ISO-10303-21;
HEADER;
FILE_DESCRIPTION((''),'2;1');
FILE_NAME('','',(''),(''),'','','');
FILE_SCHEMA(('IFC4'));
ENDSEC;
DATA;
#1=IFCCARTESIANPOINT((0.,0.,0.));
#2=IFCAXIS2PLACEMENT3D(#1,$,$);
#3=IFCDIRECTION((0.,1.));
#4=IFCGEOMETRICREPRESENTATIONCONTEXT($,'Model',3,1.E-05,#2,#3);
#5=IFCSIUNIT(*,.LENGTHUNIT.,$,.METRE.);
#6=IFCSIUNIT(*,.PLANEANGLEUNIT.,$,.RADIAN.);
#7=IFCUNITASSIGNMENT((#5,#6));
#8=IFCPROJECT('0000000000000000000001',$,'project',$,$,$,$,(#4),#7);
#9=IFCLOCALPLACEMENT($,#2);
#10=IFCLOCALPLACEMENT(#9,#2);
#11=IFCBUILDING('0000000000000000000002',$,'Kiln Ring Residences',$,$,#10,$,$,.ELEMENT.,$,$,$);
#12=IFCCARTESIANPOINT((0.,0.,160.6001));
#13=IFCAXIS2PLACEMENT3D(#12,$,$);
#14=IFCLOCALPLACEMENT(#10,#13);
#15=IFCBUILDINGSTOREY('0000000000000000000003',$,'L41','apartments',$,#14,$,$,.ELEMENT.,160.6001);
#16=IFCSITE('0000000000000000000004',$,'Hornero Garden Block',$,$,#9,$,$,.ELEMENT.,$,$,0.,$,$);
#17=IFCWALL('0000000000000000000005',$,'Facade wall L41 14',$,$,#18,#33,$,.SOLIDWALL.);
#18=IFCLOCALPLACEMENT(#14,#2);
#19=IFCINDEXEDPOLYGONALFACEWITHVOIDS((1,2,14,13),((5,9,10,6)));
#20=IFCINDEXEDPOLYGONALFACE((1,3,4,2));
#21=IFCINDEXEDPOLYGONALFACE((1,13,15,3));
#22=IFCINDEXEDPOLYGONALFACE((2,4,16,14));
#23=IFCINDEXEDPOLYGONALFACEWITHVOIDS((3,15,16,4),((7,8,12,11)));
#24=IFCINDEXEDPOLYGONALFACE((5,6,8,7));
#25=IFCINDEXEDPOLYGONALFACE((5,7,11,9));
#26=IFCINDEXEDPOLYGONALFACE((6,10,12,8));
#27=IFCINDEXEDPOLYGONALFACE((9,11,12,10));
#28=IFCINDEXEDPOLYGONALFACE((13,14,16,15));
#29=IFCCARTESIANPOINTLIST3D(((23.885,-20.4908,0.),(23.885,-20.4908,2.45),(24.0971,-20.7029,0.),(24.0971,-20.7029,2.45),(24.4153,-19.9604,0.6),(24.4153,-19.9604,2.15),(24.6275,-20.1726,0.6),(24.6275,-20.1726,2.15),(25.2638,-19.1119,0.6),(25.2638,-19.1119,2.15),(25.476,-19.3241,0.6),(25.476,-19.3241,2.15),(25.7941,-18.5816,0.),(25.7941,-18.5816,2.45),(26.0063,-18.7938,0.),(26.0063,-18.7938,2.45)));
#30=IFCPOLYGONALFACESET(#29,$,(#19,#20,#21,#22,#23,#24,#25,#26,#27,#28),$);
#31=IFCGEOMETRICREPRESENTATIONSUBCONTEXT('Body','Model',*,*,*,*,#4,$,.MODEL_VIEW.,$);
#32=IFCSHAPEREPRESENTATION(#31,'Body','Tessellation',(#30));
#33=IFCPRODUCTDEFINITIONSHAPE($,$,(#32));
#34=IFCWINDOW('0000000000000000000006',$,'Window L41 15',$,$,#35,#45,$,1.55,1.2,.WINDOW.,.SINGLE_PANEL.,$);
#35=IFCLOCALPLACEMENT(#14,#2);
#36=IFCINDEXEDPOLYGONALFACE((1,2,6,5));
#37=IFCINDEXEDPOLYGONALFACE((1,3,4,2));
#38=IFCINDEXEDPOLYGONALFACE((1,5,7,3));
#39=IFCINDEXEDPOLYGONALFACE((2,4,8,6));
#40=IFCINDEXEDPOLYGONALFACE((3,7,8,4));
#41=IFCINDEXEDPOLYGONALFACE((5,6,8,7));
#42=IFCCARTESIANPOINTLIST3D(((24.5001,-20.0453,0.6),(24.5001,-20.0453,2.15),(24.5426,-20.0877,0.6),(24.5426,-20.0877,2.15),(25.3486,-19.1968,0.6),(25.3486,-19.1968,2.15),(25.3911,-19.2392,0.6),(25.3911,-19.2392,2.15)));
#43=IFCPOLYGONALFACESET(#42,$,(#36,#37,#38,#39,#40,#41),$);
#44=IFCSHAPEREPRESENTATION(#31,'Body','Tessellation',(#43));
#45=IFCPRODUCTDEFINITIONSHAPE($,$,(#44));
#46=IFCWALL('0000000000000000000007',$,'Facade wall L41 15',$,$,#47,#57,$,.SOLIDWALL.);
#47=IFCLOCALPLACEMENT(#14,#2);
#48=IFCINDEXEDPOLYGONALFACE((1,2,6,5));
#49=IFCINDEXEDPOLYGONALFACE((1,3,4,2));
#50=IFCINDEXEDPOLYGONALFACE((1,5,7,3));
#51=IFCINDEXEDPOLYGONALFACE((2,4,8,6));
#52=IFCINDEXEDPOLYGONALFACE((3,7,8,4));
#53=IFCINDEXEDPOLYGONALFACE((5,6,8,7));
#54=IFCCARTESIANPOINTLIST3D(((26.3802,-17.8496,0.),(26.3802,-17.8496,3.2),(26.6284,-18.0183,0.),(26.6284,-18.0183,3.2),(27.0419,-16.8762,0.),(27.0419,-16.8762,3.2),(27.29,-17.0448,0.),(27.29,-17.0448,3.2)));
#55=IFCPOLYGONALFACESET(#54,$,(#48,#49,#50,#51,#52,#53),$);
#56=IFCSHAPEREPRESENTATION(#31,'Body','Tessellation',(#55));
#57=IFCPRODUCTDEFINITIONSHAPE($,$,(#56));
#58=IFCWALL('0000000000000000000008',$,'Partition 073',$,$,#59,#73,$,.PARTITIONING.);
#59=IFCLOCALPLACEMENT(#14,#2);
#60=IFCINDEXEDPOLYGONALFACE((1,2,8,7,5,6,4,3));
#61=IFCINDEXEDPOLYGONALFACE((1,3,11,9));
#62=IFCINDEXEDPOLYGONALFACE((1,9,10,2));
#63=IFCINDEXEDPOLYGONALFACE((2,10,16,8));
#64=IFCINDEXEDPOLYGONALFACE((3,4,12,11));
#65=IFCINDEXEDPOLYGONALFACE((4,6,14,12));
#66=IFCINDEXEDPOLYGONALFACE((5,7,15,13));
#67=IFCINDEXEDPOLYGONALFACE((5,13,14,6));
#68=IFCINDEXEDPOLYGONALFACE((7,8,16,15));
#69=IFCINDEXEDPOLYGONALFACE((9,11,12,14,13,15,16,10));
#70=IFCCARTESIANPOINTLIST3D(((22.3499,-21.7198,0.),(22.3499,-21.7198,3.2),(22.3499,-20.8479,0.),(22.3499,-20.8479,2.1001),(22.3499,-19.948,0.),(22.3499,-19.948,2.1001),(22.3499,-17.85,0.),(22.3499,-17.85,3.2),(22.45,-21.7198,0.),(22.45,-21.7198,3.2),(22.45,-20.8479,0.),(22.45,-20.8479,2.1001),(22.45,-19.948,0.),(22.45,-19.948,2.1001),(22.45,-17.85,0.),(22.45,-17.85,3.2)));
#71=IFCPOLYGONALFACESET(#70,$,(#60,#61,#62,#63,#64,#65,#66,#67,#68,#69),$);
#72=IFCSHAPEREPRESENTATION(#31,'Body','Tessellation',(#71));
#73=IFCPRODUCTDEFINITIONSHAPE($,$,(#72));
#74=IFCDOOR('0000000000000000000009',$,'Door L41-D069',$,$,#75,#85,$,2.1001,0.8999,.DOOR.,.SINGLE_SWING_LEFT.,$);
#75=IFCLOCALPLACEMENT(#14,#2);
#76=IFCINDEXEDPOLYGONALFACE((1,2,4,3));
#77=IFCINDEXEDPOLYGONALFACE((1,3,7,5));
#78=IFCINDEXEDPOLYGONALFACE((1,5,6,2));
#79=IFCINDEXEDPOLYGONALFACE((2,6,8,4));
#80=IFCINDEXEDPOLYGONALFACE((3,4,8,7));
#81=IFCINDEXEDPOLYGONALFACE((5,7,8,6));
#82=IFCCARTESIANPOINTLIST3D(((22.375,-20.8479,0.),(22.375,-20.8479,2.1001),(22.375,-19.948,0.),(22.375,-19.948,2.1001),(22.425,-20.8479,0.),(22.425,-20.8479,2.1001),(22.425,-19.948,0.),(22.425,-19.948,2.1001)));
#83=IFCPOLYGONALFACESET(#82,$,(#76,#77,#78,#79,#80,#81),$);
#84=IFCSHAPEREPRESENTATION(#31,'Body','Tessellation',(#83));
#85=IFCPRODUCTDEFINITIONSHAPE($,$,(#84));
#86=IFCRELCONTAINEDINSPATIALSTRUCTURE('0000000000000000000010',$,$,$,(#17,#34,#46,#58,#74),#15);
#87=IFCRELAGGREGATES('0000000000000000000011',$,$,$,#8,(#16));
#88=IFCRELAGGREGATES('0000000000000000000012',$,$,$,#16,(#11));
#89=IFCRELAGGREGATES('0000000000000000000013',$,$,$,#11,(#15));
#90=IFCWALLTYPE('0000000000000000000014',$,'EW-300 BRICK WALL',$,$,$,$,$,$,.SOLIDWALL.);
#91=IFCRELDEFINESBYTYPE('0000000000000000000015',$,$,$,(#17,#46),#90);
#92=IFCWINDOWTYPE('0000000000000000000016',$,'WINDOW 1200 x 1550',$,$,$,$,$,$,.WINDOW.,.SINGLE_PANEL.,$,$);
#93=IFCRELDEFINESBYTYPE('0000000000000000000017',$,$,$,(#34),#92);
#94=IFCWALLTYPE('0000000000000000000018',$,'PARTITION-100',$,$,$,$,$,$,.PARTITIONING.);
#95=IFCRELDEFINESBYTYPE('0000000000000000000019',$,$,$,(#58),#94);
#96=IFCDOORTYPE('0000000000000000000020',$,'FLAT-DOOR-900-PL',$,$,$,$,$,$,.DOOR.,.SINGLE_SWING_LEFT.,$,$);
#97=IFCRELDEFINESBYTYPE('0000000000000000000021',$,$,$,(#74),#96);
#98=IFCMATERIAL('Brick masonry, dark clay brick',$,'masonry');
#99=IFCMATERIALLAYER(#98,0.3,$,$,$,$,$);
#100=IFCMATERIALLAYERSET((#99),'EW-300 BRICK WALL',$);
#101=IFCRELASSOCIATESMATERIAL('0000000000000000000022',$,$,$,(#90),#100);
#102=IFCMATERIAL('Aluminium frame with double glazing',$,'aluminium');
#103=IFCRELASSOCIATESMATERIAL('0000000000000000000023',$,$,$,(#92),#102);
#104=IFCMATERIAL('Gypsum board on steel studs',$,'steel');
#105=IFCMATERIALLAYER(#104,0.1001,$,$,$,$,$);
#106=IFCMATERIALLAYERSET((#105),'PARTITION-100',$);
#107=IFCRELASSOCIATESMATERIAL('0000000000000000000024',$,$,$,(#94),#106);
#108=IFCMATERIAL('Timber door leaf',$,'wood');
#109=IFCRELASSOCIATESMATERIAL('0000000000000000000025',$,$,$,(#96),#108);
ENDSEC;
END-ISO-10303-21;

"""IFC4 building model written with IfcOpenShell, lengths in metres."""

from ifc_helpers import new_model, si_unit, direction, frame, frame_2d, origin, place, context, subcontext, project, spatial, rectangle, extrude, material, layer, layer_set, type_object, element, fill, save


model = new_model("IFC4")

# Units and contexts
model_context = context("Model", 3, precision=1e-05, world=origin(), true_north=direction((0.0, 1.0)))
body_context = subcontext(model_context, "Body", "Model", "MODEL_VIEW")
ifc_project = project(units=[si_unit("LENGTHUNIT", "METRE"), si_unit("PLANEANGLEUNIT", "RADIAN")], contexts=[model_context])

# Site, building, storey
site_placement = place(None, origin())
site = spatial("IfcSite", under=ifc_project, at=site_placement, Name="Hornero Garden Block", CompositionType="ELEMENT", RefElevation=0.0)
building_placement = place(site_placement, origin())
building = spatial("IfcBuilding", under=site, at=building_placement, Name="Kiln Ring Residences", CompositionType="ELEMENT")
storey_placement = place(building_placement, frame((0.0, 0.0, 160.6001)))
storey = spatial("IfcBuildingStorey", under=building, at=storey_placement, Name="L41", Description="apartments", CompositionType="ELEMENT", Elevation=160.6001)

# Wall, opening, window
ifc_material_1 = material(Name="Brick masonry, dark clay brick", Category="masonry")
ifc_layer_1 = layer(ifc_material_1, 0.3)
ifc_layer_set_1 = layer_set([ifc_layer_1], Name="EW-300 BRICK WALL")
wall_type_1 = type_object("IfcWallType", Name="EW-300 BRICK WALL", PredefinedType="SOLIDWALL", material=ifc_layer_set_1)
wall_1_placement = place(storey_placement, frame((23.991, -20.5969, 0.0), z_axis=(0.0, 0.0, 1.0), x_axis=(0.707107, 0.707107, 0.0)))
wall_1 = element("IfcWall", 1, at=wall_1_placement, inside=storey, type_object=wall_type_1, Name="Facade wall L41 14", PredefinedType="SOLIDWALL", context=body_context, shape_type="SweptSolid", body=[
    extrude(rectangle(XDim=2.7, YDim=0.3, at=frame_2d((1.3501, 0.0))), origin(), (0.0, 0.0, 1.0), 2.45),
])
opening_1_placement = place(wall_1_placement, frame((0.75, 0.0, 0.6001)))
opening_1 = element("IfcOpeningElement", 2, at=opening_1_placement, cuts=wall_1, PredefinedType="OPENING", context=body_context, shape_type="SweptSolid", body=[
    extrude(rectangle(XDim=1.2, YDim=1.55, at=frame_2d((0.6001, 0.7749))), frame((0.0, 0.1599, 0.0), z_axis=(0.0, -1.0, 0.0), x_axis=(1.0, 0.0, 0.0)), (0.0, 0.0, 1.0), 0.3201),
])
ifc_material_2 = material(Name="Aluminium frame with double glazing", Category="aluminium")
window_type_1 = type_object("IfcWindowType", Name="WINDOW 1200 x 1550", PartitioningType="SINGLE_PANEL", PredefinedType="WINDOW", material=ifc_material_2)
window_1_placement = place(opening_1_placement, origin())
window_1 = element("IfcWindow", 3, at=window_1_placement, inside=storey, type_object=window_type_1, Name="Window L41 15", OverallHeight=1.55, OverallWidth=1.2, PartitioningType="SINGLE_PANEL", PredefinedType="WINDOW", context=body_context, shape_type="SweptSolid", body=[
    extrude(rectangle(XDim=1.2, YDim=1.55, at=frame_2d((0.6001, 0.7749))), frame((0.0, 0.03, 0.0), z_axis=(0.0, -1.0, 0.0), x_axis=(1.0, 0.0, 0.0)), (0.0, 0.0, 1.0), 0.0601),
])
fill(opening_1, window_1)

# Wall
wall_2_placement = place(storey_placement, frame((26.5044, -17.9338, 0.0), z_axis=(0.0, 0.0, 1.0), x_axis=(0.562145, 0.827038, 0.0)))
element("IfcWall", 4, at=wall_2_placement, inside=storey, type_object=wall_type_1, Name="Facade wall L41 15", PredefinedType="SOLIDWALL", context=body_context, shape_type="SweptSolid", body=[
    extrude(rectangle(XDim=1.177, YDim=0.3, at=frame_2d((0.5884, 0.0))), origin(), (0.0, 0.0, 1.0), 3.2),
])

# Wall, opening, door
ifc_material_3 = material(Name="Gypsum board on steel studs", Category="steel")
ifc_layer_2 = layer(ifc_material_3, 0.1001)
ifc_layer_set_2 = layer_set([ifc_layer_2], Name="PARTITION-100")
wall_type_2 = type_object("IfcWallType", Name="PARTITION-100", PredefinedType="PARTITIONING", material=ifc_layer_set_2)
wall_3_placement = place(storey_placement, frame((22.3999, -21.72, 0.0), z_axis=(0.0, 0.0, 1.0), x_axis=(0.0, 1.0, 0.0)))
wall_3 = element("IfcWall", 5, at=wall_3_placement, inside=storey, type_object=wall_type_2, Name="Partition 073", PredefinedType="PARTITIONING", context=body_context, shape_type="SweptSolid", body=[
    extrude(rectangle(XDim=3.8699, YDim=0.1001, at=frame_2d((1.9351, 0.0))), origin(), (0.0, 0.0, 1.0), 3.2),
])
opening_2_placement = place(wall_3_placement, frame((0.8721, 0.0, 0.0)))
opening_2 = element("IfcOpeningElement", 6, at=opening_2_placement, cuts=wall_3, PredefinedType="OPENING", context=body_context, shape_type="SweptSolid", body=[
    extrude(rectangle(XDim=0.8999, YDim=2.1001, at=frame_2d((0.45, 1.05))), frame((0.0, 0.0601, 0.0), z_axis=(0.0, -1.0, 0.0), x_axis=(1.0, 0.0, 0.0)), (0.0, 0.0, 1.0), 0.1201),
])
ifc_material_4 = material(Name="Timber door leaf", Category="wood")
door_type = type_object("IfcDoorType", Name="FLAT-DOOR-900-PL", OperationType="SINGLE_SWING_LEFT", PredefinedType="DOOR", material=ifc_material_4)
door_placement = place(opening_2_placement, origin())
door = element("IfcDoor", 7, at=door_placement, inside=storey, type_object=door_type, Name="Door L41-D069", OperationType="SINGLE_SWING_LEFT", OverallHeight=2.1001, OverallWidth=0.8999, PredefinedType="DOOR", context=body_context, shape_type="SweptSolid", body=[
    extrude(rectangle(XDim=0.8999, YDim=2.1001, at=frame_2d((0.45, 1.05))), frame((0.0, 0.0249, 0.0), z_axis=(0.0, -1.0, 0.0), x_axis=(1.0, 0.0, 0.0)), (0.0, 0.0, 1.0), 0.05),
])
fill(opening_2, door)

save(model, "model.ifc")
